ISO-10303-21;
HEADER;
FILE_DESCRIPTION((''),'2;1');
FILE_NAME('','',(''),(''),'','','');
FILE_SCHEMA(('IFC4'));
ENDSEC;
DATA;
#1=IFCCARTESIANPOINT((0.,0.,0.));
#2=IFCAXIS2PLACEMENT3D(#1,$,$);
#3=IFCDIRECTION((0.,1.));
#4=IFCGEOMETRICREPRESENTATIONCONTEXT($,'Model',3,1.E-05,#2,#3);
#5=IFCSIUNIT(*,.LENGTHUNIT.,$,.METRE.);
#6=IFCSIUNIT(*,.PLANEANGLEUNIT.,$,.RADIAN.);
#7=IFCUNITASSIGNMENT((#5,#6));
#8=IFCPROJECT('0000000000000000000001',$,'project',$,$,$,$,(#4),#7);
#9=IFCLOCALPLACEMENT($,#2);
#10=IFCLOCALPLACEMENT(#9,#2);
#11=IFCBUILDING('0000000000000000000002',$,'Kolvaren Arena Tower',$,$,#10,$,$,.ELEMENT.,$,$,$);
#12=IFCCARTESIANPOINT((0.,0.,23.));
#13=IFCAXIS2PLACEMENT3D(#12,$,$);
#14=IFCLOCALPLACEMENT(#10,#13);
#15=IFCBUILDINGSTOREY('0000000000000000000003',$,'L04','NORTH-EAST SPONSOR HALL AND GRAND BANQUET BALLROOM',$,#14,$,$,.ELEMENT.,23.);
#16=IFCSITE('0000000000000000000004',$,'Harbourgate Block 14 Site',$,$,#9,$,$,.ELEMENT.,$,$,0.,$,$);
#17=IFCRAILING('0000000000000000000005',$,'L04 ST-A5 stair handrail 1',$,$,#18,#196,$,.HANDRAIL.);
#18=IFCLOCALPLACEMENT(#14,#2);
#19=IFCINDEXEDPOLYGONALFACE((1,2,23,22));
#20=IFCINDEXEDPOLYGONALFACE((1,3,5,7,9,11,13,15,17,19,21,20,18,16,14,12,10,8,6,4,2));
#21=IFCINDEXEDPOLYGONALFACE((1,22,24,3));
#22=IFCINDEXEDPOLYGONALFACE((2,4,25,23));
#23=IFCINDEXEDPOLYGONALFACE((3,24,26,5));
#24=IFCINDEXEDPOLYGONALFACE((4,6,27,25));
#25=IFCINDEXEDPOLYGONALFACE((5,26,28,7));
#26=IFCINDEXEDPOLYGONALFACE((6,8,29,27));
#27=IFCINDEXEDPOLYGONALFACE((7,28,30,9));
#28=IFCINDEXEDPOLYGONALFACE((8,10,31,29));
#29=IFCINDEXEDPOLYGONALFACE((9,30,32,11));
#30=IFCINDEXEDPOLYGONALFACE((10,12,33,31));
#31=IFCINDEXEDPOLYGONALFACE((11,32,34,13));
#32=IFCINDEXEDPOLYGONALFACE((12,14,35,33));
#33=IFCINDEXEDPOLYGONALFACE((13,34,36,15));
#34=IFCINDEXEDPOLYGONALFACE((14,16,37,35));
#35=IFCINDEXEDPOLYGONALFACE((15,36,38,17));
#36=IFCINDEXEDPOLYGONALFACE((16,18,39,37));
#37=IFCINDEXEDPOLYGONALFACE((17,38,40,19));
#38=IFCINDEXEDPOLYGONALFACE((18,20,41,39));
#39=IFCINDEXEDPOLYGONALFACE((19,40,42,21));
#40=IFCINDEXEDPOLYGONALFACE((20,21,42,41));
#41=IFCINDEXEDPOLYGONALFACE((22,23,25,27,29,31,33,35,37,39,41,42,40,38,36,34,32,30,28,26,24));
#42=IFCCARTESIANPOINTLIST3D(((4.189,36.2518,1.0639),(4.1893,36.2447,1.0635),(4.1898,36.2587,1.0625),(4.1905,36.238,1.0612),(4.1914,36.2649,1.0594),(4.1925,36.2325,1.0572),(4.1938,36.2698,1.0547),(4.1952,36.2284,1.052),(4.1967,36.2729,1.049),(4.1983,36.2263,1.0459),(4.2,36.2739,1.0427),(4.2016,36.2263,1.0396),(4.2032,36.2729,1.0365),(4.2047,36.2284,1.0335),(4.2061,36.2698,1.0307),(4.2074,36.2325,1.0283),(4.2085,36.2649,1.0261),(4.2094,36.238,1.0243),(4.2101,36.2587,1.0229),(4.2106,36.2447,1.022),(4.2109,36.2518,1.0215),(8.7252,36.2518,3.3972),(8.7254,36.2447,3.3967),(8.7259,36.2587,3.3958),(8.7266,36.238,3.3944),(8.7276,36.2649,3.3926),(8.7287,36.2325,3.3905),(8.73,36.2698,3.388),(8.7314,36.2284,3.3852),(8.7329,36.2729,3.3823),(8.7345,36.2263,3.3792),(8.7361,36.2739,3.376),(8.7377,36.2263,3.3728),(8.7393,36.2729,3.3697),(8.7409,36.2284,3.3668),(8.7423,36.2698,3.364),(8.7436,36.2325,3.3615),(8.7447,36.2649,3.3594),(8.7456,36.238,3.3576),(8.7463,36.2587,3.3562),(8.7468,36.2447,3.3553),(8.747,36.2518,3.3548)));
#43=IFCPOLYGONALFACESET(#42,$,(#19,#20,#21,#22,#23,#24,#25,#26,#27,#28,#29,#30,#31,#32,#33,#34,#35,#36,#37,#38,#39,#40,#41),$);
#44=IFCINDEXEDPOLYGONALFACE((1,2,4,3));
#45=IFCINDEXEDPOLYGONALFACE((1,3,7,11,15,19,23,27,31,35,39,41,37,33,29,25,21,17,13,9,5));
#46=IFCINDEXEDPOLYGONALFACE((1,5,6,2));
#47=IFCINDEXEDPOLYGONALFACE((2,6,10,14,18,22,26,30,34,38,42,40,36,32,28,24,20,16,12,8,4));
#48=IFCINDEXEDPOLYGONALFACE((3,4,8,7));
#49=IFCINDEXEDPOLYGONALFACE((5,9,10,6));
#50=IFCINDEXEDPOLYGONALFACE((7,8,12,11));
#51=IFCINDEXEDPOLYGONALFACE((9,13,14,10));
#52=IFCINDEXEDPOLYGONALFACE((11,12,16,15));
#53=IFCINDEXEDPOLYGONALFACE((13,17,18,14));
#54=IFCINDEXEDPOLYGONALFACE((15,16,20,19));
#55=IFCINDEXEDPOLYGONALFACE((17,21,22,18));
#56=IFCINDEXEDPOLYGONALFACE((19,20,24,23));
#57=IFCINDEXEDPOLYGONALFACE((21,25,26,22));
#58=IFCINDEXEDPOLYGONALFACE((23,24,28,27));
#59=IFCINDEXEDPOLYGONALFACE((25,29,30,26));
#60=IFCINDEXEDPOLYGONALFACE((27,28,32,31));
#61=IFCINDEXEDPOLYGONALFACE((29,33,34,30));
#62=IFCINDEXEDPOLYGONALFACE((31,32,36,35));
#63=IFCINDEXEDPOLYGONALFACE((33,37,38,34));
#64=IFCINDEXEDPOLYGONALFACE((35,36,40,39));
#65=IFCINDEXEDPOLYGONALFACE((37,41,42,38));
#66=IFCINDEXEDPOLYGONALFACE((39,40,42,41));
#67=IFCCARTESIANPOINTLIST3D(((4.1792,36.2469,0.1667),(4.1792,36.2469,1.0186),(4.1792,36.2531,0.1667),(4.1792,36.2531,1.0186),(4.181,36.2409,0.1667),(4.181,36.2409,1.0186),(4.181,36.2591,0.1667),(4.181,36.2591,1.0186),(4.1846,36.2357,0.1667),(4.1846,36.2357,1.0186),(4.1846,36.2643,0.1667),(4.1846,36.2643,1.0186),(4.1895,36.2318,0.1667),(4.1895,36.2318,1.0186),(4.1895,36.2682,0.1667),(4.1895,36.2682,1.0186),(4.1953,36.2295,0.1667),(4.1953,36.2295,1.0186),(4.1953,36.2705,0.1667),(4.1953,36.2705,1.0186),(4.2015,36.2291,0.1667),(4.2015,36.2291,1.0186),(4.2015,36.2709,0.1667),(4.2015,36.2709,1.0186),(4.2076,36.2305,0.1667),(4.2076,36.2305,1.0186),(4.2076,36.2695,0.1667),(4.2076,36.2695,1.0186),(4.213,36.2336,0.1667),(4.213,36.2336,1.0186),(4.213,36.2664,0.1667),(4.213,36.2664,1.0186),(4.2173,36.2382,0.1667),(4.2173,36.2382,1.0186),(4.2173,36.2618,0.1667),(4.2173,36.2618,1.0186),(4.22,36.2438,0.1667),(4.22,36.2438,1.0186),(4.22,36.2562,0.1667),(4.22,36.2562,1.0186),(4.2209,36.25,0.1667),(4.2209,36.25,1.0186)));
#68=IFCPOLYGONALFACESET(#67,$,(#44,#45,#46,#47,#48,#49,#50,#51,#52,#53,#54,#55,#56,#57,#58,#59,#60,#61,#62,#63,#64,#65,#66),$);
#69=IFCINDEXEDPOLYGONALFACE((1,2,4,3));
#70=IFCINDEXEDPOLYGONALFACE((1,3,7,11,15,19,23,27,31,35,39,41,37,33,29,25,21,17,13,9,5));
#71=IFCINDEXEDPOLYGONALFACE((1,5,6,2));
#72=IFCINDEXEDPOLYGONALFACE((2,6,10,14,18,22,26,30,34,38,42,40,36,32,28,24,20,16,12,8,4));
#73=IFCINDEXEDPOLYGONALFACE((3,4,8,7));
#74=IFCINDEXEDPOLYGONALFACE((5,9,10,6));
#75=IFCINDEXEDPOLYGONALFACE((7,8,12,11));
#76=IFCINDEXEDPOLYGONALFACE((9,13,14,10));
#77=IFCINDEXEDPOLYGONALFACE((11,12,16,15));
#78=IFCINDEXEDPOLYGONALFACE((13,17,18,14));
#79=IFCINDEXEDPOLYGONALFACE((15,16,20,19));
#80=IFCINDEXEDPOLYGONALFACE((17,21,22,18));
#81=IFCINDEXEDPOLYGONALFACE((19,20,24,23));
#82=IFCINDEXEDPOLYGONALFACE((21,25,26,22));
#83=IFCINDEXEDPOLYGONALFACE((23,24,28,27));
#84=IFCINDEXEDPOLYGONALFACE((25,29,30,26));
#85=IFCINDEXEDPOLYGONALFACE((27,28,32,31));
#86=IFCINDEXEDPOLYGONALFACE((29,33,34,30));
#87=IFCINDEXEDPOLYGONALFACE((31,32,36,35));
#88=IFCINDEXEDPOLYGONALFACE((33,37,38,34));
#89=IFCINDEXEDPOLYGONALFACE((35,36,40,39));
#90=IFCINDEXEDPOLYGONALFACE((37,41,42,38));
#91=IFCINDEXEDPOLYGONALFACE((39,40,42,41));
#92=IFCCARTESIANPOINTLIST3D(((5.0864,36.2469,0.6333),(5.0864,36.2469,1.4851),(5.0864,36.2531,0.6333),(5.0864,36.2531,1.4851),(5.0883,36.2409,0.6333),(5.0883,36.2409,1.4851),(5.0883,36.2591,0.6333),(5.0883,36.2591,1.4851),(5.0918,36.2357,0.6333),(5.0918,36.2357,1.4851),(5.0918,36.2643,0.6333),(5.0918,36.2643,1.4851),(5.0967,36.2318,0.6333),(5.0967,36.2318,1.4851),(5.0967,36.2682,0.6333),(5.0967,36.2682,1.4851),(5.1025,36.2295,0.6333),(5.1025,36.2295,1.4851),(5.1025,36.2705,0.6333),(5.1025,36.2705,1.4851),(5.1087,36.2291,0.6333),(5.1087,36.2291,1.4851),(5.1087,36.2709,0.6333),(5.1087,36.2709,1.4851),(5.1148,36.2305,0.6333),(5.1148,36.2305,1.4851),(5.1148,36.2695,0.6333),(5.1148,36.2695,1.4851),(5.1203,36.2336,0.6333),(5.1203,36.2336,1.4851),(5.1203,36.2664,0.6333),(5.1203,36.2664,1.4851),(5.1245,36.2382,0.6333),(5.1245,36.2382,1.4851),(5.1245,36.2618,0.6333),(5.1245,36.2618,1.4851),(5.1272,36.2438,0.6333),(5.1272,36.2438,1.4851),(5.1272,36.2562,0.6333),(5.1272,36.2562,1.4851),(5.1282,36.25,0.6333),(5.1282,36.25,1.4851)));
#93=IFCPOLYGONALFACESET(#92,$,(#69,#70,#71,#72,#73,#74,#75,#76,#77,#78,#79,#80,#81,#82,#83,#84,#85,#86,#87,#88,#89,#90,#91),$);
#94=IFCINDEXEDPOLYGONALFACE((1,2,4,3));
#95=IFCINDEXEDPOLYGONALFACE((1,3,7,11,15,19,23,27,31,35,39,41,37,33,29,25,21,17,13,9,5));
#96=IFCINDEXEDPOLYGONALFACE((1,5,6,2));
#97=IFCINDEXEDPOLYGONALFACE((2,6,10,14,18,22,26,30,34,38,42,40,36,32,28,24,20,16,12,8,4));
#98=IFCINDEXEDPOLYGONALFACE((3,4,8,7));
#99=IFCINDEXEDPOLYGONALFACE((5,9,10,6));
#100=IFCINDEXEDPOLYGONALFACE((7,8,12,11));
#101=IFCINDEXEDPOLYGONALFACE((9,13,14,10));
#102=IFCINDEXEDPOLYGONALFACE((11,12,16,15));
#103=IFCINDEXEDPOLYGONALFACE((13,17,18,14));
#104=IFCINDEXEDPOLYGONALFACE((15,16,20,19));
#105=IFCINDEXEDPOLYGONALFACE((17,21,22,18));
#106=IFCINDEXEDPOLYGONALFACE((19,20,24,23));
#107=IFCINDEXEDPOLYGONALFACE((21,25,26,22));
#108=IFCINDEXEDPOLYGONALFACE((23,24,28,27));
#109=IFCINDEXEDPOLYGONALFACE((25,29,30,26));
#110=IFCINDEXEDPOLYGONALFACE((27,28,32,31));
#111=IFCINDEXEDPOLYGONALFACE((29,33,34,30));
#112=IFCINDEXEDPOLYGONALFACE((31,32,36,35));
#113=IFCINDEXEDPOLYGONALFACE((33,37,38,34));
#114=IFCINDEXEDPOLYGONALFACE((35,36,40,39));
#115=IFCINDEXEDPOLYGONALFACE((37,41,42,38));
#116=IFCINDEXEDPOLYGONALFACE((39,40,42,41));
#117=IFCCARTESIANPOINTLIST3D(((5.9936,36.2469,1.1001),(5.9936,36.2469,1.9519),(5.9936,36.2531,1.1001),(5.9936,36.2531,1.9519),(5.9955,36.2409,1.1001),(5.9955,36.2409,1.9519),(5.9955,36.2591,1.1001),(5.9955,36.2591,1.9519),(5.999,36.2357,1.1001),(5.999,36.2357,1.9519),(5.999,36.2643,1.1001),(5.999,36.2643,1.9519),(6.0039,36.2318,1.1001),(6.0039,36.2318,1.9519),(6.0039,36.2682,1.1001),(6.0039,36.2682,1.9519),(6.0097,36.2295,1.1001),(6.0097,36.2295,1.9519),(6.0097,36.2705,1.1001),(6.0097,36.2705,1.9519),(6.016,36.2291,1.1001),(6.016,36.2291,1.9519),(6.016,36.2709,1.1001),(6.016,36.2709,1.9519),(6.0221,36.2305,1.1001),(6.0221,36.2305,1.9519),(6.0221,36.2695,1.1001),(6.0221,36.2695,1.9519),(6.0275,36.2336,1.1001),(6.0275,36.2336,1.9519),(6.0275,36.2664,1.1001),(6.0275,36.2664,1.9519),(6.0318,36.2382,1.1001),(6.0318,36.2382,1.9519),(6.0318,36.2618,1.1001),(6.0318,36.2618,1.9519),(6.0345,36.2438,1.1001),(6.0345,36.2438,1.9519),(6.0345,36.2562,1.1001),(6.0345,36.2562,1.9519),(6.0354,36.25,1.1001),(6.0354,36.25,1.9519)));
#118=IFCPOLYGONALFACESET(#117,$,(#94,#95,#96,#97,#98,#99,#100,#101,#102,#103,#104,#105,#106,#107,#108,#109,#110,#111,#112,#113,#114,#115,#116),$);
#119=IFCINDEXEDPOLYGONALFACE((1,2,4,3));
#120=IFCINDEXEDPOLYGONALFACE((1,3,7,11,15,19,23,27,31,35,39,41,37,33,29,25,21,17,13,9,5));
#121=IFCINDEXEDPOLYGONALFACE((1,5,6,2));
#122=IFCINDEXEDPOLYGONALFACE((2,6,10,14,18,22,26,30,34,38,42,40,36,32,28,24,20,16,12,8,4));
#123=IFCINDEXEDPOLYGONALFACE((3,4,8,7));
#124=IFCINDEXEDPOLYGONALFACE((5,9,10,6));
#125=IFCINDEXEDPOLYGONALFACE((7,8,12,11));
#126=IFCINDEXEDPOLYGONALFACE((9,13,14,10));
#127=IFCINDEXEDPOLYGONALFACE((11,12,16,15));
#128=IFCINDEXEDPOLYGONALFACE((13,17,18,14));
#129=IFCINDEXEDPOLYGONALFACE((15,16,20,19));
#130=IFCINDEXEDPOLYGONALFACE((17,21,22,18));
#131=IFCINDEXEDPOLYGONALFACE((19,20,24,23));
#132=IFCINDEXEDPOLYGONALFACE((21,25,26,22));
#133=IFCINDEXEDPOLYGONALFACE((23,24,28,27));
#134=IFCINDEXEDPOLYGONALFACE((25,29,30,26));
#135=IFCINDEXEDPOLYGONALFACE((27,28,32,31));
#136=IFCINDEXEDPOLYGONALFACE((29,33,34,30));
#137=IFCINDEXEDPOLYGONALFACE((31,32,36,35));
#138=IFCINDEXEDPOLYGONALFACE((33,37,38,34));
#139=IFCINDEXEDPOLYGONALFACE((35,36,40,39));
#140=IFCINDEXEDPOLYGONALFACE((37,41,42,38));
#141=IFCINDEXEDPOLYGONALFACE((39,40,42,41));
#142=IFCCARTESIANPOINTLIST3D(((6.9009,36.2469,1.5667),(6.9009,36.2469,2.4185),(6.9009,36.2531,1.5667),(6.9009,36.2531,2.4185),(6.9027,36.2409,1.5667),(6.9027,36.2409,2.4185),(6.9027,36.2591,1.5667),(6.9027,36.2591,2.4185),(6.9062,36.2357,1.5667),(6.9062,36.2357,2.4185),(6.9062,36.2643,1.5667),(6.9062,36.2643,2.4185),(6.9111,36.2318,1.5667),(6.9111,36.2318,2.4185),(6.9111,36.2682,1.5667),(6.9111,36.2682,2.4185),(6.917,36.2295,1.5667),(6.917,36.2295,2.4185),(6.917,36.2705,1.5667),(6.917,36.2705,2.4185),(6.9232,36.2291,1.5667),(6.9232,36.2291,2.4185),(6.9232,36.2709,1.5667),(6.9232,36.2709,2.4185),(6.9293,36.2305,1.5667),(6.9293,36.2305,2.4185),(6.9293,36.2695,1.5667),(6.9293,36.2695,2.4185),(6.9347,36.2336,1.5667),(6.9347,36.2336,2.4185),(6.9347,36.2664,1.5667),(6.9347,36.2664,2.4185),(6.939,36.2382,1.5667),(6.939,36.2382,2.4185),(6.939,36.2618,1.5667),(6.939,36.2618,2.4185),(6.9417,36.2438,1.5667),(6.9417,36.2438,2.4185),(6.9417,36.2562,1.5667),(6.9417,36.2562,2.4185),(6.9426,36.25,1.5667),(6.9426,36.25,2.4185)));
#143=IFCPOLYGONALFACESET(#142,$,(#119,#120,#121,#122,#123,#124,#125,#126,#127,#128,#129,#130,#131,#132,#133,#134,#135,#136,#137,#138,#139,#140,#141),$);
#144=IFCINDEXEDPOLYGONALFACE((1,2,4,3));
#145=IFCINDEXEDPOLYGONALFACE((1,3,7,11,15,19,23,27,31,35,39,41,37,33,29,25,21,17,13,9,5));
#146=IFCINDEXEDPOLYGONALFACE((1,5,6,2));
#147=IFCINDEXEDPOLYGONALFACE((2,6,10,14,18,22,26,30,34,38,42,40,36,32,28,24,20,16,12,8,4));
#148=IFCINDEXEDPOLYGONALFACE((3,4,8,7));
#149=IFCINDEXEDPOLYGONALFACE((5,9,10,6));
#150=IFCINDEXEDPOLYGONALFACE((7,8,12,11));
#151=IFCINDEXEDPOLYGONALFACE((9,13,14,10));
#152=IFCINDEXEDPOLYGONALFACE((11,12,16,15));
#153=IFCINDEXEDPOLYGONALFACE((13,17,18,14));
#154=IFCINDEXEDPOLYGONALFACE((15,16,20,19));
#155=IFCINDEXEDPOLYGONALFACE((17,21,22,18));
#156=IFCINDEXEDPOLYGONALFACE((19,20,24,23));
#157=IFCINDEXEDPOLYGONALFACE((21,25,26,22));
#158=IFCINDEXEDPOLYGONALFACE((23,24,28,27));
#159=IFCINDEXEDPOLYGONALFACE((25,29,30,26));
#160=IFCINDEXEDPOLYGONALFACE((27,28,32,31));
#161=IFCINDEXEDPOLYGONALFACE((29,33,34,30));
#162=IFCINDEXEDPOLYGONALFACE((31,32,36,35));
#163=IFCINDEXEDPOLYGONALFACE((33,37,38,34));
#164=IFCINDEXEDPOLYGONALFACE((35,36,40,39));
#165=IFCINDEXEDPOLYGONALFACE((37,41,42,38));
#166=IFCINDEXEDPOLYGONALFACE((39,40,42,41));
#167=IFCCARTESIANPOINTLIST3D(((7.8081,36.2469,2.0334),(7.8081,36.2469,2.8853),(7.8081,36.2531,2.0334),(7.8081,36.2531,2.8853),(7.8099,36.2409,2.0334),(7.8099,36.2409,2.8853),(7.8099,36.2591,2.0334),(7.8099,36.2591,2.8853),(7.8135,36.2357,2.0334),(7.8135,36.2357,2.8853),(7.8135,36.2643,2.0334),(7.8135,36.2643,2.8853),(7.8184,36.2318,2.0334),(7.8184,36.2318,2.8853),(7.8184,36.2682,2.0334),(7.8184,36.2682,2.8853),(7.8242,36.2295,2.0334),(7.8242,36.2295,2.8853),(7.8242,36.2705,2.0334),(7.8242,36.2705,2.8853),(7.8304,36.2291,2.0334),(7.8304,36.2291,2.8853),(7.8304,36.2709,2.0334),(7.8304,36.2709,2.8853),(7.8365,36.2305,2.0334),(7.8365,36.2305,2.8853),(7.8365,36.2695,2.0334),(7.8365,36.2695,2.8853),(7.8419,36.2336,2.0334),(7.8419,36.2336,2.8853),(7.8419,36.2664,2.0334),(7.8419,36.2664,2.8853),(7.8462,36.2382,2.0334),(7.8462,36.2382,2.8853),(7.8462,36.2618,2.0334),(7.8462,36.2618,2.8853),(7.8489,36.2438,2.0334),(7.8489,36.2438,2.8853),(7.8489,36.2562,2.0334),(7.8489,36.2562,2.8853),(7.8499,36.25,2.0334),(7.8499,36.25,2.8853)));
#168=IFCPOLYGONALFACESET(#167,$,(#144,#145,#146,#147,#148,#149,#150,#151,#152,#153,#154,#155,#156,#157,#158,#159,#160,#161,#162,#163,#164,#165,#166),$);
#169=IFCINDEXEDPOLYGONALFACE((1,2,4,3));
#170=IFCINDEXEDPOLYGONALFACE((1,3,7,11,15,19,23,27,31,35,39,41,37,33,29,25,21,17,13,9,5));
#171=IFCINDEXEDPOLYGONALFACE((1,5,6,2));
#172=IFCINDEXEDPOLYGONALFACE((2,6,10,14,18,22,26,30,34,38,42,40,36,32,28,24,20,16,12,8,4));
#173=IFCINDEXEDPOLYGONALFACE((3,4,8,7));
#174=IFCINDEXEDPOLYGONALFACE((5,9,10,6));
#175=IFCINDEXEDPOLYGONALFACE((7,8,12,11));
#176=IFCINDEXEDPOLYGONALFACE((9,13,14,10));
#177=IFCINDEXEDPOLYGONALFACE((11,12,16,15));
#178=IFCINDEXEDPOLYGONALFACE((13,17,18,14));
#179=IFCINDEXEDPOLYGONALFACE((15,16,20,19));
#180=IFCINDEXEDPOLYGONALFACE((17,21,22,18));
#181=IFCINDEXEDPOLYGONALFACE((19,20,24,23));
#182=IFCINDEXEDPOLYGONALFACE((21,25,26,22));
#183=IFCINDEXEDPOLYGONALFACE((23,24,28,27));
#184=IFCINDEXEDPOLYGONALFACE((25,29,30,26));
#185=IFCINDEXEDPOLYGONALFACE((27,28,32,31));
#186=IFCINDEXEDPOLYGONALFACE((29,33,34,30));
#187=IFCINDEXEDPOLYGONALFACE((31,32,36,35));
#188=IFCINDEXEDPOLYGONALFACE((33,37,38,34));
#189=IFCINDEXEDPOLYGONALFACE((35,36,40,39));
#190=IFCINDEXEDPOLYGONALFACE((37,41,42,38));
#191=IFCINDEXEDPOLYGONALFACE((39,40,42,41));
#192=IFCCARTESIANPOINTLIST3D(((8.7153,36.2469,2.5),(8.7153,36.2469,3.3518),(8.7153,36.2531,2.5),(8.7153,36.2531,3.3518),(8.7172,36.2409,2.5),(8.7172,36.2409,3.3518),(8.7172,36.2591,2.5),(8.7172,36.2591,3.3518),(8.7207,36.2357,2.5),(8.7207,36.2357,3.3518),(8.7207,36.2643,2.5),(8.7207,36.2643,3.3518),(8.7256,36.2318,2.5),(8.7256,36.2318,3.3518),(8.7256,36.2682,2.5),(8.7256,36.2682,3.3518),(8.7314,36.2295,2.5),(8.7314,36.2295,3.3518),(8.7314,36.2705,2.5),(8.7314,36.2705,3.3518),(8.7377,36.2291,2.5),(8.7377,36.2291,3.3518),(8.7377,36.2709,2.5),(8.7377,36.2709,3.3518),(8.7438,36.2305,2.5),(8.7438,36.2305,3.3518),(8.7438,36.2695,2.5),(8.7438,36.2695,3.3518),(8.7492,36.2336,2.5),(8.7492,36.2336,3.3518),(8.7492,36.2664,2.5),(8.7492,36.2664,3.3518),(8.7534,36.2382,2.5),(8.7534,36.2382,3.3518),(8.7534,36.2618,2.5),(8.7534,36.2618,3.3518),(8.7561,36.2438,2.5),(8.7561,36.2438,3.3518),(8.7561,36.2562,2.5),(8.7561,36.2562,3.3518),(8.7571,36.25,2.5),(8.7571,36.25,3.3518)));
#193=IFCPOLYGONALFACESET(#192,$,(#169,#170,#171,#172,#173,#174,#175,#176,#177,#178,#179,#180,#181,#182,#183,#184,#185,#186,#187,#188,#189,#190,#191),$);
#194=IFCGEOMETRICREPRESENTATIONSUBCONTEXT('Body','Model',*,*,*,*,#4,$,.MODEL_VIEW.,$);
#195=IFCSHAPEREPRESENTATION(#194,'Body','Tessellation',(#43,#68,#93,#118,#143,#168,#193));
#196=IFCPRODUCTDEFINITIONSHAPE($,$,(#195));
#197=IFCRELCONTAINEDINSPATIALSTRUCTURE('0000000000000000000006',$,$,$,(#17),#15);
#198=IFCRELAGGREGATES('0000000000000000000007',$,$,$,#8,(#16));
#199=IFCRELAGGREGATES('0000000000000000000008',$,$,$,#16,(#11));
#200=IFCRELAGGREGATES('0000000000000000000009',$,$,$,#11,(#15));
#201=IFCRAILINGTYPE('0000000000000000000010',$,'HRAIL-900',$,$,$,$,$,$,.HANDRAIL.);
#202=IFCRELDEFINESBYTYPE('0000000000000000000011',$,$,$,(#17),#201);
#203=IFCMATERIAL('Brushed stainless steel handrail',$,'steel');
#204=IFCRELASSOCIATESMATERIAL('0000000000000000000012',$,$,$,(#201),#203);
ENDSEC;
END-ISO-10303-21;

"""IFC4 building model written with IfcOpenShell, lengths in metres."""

from ifc_helpers import new_model, si_unit, direction, frame, origin, origin_2d, place, context, subcontext, project, spatial, circle, extrude, material, type_object, element, save


model = new_model("IFC4")

# Units and contexts
model_context = context("Model", 3, precision=1e-05, world=origin(), true_north=direction((0.0, 1.0)))
body_context = subcontext(model_context, "Body", "Model", "MODEL_VIEW")
ifc_project = project(units=[si_unit("LENGTHUNIT", "METRE"), si_unit("PLANEANGLEUNIT", "RADIAN")], contexts=[model_context])

# Site, building, storey
site_placement = place(None, origin())
site = spatial("IfcSite", under=ifc_project, at=site_placement, Name="Harbourgate Block 14 Site", CompositionType="ELEMENT", RefElevation=0.0)
building_placement = place(site_placement, origin())
building = spatial("IfcBuilding", under=site, at=building_placement, Name="Kolvaren Arena Tower", CompositionType="ELEMENT")
storey_placement = place(building_placement, frame((0.0, 0.0, 23.0)))
storey = spatial("IfcBuildingStorey", under=building, at=storey_placement, Name="L04", Description="NORTH-EAST SPONSOR HALL AND GRAND BANQUET BALLROOM", CompositionType="ELEMENT", Elevation=23.0)

# Railing
ifc_material_1 = material(Name="Brushed stainless steel handrail", Category="steel")
railing_type_1 = type_object("IfcRailingType", Name="HRAIL-900", PredefinedType="HANDRAIL", material=ifc_material_1)
railing_1_placement = place(storey_placement, frame((4.2, 36.25, 0.1667)))
element("IfcRailing", 1, at=railing_1_placement, inside=storey, type_object=railing_type_1, Name="L04 ST-A5 stair handrail 1", PredefinedType="HANDRAIL", context=body_context, shape_type="SweptSolid", body=[
    extrude(circle(Radius=0.0239, at=origin_2d()), frame((0.0, 0.0, 0.876), z_axis=(0.889257, 0.0, 0.457407), x_axis=(0.0, 1.0, 0.0)), (0.0, 0.0, 1.0), 5.1011),
    extrude(circle(Radius=0.021, at=origin_2d()), origin(), (0.0, 0.0, 1.0), 0.8518),
    extrude(circle(Radius=0.021, at=origin_2d()), frame((0.9072, 0.0, 0.4666)), (0.0, 0.0, 1.0), 0.8518),
    extrude(circle(Radius=0.021, at=origin_2d()), frame((1.8145, 0.0, 0.9333)), (0.0, 0.0, 1.0), 0.8518),
    extrude(circle(Radius=0.021, at=origin_2d()), frame((2.7217, 0.0, 1.3999)), (0.0, 0.0, 1.0), 0.8518),
    extrude(circle(Radius=0.021, at=origin_2d()), frame((3.6289, 0.0, 1.8667)), (0.0, 0.0, 1.0), 0.8518),
    extrude(circle(Radius=0.021, at=origin_2d()), frame((4.5361, 0.0, 2.3333)), (0.0, 0.0, 1.0), 0.8518),
])

save(model, "model.ifc")
